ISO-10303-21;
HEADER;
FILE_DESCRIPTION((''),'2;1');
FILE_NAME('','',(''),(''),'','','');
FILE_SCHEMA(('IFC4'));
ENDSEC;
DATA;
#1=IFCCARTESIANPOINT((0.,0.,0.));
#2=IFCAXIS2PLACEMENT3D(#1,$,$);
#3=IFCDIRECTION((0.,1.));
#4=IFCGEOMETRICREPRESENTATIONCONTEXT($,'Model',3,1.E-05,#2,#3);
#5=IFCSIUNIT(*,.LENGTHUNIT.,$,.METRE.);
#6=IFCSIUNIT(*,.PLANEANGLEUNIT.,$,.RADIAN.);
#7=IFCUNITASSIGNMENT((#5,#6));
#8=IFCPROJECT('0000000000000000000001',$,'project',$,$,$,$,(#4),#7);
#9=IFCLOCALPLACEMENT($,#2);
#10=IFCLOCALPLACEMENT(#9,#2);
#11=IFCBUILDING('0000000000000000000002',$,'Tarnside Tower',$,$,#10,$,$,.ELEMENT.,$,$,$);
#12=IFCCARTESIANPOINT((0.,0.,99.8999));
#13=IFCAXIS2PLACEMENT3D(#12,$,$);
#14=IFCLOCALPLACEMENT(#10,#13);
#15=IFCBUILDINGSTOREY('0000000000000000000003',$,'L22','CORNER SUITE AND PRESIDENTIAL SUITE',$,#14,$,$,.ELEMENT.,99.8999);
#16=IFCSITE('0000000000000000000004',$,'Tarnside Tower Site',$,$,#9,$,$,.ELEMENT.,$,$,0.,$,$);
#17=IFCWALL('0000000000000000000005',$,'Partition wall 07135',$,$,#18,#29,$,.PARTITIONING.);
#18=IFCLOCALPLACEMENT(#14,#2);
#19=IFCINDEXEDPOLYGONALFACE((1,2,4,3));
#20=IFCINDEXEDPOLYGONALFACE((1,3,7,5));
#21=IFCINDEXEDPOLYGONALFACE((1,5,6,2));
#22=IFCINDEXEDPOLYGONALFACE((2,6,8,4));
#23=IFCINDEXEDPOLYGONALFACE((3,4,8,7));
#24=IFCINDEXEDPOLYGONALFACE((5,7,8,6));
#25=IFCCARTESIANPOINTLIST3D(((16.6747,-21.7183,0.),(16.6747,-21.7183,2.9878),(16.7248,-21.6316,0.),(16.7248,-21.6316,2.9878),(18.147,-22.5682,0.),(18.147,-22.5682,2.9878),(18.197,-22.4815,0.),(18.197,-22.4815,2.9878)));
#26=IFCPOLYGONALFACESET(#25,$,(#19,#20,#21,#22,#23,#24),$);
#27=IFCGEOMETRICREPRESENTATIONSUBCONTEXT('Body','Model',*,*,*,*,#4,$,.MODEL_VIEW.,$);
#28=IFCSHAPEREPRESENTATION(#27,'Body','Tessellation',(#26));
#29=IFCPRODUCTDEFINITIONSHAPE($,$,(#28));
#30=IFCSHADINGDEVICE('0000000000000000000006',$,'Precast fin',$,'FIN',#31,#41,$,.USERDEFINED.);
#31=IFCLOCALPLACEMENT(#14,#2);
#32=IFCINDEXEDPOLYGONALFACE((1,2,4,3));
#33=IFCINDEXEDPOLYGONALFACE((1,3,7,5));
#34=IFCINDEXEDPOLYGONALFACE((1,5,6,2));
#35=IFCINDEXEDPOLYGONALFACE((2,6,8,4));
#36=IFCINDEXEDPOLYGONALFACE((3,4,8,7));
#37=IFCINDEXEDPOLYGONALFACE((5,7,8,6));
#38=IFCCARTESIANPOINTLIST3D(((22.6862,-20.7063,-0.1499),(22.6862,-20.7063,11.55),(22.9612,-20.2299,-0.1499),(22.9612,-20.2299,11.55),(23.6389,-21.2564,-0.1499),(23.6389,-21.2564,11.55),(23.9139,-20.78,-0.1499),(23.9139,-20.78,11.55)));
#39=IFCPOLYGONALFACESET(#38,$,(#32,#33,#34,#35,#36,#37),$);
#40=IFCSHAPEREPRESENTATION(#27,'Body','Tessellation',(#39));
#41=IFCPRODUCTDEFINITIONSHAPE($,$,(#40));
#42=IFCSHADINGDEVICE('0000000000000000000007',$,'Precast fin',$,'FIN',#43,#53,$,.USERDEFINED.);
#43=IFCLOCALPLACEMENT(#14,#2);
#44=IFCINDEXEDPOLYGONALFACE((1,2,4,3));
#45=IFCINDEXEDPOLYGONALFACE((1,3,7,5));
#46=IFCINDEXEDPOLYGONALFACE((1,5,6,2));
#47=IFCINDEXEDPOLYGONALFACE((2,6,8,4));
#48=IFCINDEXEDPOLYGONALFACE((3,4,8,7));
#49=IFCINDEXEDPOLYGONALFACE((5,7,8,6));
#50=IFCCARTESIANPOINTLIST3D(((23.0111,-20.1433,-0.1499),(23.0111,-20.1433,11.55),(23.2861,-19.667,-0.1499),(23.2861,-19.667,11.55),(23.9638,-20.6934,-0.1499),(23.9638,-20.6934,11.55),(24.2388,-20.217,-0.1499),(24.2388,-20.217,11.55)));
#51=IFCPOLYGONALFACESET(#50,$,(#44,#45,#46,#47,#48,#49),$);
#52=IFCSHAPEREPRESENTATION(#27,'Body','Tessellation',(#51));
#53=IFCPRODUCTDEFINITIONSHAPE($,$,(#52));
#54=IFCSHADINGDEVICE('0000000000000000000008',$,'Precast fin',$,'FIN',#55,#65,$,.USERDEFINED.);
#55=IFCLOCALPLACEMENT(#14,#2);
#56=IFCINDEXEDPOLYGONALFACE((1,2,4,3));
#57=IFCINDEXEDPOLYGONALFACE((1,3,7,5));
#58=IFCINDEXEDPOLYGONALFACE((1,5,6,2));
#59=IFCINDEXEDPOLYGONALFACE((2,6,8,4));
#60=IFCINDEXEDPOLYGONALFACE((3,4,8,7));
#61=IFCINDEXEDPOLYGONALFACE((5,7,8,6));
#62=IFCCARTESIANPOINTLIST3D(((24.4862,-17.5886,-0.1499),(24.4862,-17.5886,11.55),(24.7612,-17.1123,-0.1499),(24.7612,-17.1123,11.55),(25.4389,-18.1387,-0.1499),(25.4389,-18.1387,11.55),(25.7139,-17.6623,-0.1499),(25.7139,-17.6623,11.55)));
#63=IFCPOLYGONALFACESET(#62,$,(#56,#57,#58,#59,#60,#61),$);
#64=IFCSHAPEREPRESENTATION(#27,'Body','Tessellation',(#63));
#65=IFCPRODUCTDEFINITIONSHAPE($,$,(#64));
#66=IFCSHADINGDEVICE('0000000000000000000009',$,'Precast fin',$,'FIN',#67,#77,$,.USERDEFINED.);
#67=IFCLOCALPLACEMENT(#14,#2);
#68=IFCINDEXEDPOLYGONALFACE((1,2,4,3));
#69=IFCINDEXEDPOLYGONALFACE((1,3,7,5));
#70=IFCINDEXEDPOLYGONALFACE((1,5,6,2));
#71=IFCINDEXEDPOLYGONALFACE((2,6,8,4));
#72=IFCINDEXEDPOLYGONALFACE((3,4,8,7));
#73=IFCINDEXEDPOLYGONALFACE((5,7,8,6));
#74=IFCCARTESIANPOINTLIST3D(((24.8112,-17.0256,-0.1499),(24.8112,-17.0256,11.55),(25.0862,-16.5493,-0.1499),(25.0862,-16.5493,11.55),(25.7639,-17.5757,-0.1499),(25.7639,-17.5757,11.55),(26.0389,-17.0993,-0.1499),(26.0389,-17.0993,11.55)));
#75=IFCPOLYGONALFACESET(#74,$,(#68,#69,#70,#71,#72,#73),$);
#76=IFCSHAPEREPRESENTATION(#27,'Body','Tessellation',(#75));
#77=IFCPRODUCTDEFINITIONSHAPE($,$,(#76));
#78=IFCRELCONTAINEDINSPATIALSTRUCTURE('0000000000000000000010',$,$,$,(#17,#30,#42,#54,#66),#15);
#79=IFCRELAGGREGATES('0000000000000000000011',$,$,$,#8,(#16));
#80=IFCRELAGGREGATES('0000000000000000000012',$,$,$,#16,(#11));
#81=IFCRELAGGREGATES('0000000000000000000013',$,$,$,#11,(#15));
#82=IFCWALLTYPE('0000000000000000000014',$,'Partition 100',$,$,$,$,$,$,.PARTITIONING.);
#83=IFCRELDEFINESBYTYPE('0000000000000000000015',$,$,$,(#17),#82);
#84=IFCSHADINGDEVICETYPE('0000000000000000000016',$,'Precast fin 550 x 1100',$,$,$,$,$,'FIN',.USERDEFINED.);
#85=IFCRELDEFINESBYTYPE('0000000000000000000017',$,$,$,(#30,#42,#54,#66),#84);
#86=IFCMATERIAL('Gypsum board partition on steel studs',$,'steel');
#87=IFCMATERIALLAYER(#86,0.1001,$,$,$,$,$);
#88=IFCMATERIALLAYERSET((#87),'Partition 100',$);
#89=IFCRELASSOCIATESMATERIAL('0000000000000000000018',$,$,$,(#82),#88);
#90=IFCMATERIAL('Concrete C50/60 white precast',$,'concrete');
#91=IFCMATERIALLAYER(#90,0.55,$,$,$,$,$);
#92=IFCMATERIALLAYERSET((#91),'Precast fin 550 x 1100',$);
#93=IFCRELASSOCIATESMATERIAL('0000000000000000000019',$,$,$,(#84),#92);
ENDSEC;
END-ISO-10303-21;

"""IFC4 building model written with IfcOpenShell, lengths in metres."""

from ifc_helpers import new_model, si_unit, direction, frame, frame_2d, origin, place, context, subcontext, project, spatial, polyline, rectangle, outline, extrude, material, layer, layer_set, type_object, element, save


model = new_model("IFC4")

# Units and contexts
model_context = context("Model", 3, precision=1e-05, world=origin(), true_north=direction((0.0, 1.0)))
body_context = subcontext(model_context, "Body", "Model", "MODEL_VIEW")
ifc_project = project(units=[si_unit("LENGTHUNIT", "METRE"), si_unit("PLANEANGLEUNIT", "RADIAN")], contexts=[model_context])

# Site, building, storey
site_placement = place(None, origin())
site = spatial("IfcSite", under=ifc_project, at=site_placement, Name="Tarnside Tower Site", CompositionType="ELEMENT", RefElevation=0.0)
building_placement = place(site_placement, origin())
building = spatial("IfcBuilding", under=site, at=building_placement, Name="Tarnside Tower", CompositionType="ELEMENT")
storey_placement = place(building_placement, frame((0.0, 0.0, 99.8999)))
storey = spatial("IfcBuildingStorey", under=building, at=storey_placement, Name="L22", Description="CORNER SUITE AND PRESIDENTIAL SUITE", CompositionType="ELEMENT", Elevation=99.8999)

# Shared definitions
ifc_material_1 = material(Name="Gypsum board partition on steel studs", Category="steel")

# Shared definitions
ifc_layer_1 = layer(ifc_material_1, 0.1001)
ifc_layer_set_1 = layer_set([ifc_layer_1], Name="Partition 100")
wall_type_1 = type_object("IfcWallType", Name="Partition 100", PredefinedType="PARTITIONING", material=ifc_layer_set_1)

# Wall
wall_1_placement = place(storey_placement, frame((18.1721, -22.5249, 0.0), z_axis=(0.0, 0.0, 1.0), x_axis=(-0.866052, 0.499955, 0.0)))
element("IfcWall", 1, at=wall_1_placement, inside=storey, type_object=wall_type_1, Name="Partition wall 07135", PredefinedType="PARTITIONING", context=body_context, shape_type="SweptSolid", body=[
    extrude(rectangle(XDim=1.7, YDim=0.1001, at=frame_2d((0.8501, 0.0))), origin(), (0.0, 0.0, 1.0), 2.9878),
])

# Shading devices
ifc_material_2 = material(Name="Concrete C50/60 white precast", Category="concrete")
ifc_layer_2 = layer(ifc_material_2, 0.55)
ifc_layer_set_2 = layer_set([ifc_layer_2], Name="Precast fin 550 x 1100")
shading_device_type = type_object("IfcShadingDeviceType", Name="Precast fin 550 x 1100", ElementType="FIN", PredefinedType="USERDEFINED", material=ifc_layer_set_2)
for number, where, z_axis, x_axis, name in (
    (2, (22.8237, -20.468, -0.1499), (-0.5, -0.866025, 0.0), (0.866025, -0.5, 0.0), "Precast fin"),
    (3, (23.1487, -19.905, -0.1499), (-0.5, -0.866025, 0.0), (0.866025, -0.5, 0.0), "Precast fin"),
    (4, (24.6238, -17.3503, -0.1499), (-0.5, -0.866025, 0.0), (0.866025, -0.5, 0.0), "Precast fin"),
    (5, (24.9487, -16.7874, -0.1499), (-0.5, -0.866025, 0.0), (0.866025, -0.5, 0.0), "Precast fin"),
):
    element("IfcShadingDevice", number, at=place(storey_placement, frame(where, z_axis=z_axis, x_axis=x_axis)), inside=storey, type_object=shading_device_type, Name=name, ObjectType="FIN", PredefinedType="USERDEFINED", context=body_context, shape_type="SweptSolid", body=[
        extrude(outline(polyline([(0.0, 0.0), (1.1001, 0.0), (1.1001, 11.7), (0.0, 11.7), (0.0, 0.0)])), frame((0.0, 0.0, -0.2749)), (0.0, 0.0, 1.0), 0.55),
    ])

save(model, "model.ifc")
